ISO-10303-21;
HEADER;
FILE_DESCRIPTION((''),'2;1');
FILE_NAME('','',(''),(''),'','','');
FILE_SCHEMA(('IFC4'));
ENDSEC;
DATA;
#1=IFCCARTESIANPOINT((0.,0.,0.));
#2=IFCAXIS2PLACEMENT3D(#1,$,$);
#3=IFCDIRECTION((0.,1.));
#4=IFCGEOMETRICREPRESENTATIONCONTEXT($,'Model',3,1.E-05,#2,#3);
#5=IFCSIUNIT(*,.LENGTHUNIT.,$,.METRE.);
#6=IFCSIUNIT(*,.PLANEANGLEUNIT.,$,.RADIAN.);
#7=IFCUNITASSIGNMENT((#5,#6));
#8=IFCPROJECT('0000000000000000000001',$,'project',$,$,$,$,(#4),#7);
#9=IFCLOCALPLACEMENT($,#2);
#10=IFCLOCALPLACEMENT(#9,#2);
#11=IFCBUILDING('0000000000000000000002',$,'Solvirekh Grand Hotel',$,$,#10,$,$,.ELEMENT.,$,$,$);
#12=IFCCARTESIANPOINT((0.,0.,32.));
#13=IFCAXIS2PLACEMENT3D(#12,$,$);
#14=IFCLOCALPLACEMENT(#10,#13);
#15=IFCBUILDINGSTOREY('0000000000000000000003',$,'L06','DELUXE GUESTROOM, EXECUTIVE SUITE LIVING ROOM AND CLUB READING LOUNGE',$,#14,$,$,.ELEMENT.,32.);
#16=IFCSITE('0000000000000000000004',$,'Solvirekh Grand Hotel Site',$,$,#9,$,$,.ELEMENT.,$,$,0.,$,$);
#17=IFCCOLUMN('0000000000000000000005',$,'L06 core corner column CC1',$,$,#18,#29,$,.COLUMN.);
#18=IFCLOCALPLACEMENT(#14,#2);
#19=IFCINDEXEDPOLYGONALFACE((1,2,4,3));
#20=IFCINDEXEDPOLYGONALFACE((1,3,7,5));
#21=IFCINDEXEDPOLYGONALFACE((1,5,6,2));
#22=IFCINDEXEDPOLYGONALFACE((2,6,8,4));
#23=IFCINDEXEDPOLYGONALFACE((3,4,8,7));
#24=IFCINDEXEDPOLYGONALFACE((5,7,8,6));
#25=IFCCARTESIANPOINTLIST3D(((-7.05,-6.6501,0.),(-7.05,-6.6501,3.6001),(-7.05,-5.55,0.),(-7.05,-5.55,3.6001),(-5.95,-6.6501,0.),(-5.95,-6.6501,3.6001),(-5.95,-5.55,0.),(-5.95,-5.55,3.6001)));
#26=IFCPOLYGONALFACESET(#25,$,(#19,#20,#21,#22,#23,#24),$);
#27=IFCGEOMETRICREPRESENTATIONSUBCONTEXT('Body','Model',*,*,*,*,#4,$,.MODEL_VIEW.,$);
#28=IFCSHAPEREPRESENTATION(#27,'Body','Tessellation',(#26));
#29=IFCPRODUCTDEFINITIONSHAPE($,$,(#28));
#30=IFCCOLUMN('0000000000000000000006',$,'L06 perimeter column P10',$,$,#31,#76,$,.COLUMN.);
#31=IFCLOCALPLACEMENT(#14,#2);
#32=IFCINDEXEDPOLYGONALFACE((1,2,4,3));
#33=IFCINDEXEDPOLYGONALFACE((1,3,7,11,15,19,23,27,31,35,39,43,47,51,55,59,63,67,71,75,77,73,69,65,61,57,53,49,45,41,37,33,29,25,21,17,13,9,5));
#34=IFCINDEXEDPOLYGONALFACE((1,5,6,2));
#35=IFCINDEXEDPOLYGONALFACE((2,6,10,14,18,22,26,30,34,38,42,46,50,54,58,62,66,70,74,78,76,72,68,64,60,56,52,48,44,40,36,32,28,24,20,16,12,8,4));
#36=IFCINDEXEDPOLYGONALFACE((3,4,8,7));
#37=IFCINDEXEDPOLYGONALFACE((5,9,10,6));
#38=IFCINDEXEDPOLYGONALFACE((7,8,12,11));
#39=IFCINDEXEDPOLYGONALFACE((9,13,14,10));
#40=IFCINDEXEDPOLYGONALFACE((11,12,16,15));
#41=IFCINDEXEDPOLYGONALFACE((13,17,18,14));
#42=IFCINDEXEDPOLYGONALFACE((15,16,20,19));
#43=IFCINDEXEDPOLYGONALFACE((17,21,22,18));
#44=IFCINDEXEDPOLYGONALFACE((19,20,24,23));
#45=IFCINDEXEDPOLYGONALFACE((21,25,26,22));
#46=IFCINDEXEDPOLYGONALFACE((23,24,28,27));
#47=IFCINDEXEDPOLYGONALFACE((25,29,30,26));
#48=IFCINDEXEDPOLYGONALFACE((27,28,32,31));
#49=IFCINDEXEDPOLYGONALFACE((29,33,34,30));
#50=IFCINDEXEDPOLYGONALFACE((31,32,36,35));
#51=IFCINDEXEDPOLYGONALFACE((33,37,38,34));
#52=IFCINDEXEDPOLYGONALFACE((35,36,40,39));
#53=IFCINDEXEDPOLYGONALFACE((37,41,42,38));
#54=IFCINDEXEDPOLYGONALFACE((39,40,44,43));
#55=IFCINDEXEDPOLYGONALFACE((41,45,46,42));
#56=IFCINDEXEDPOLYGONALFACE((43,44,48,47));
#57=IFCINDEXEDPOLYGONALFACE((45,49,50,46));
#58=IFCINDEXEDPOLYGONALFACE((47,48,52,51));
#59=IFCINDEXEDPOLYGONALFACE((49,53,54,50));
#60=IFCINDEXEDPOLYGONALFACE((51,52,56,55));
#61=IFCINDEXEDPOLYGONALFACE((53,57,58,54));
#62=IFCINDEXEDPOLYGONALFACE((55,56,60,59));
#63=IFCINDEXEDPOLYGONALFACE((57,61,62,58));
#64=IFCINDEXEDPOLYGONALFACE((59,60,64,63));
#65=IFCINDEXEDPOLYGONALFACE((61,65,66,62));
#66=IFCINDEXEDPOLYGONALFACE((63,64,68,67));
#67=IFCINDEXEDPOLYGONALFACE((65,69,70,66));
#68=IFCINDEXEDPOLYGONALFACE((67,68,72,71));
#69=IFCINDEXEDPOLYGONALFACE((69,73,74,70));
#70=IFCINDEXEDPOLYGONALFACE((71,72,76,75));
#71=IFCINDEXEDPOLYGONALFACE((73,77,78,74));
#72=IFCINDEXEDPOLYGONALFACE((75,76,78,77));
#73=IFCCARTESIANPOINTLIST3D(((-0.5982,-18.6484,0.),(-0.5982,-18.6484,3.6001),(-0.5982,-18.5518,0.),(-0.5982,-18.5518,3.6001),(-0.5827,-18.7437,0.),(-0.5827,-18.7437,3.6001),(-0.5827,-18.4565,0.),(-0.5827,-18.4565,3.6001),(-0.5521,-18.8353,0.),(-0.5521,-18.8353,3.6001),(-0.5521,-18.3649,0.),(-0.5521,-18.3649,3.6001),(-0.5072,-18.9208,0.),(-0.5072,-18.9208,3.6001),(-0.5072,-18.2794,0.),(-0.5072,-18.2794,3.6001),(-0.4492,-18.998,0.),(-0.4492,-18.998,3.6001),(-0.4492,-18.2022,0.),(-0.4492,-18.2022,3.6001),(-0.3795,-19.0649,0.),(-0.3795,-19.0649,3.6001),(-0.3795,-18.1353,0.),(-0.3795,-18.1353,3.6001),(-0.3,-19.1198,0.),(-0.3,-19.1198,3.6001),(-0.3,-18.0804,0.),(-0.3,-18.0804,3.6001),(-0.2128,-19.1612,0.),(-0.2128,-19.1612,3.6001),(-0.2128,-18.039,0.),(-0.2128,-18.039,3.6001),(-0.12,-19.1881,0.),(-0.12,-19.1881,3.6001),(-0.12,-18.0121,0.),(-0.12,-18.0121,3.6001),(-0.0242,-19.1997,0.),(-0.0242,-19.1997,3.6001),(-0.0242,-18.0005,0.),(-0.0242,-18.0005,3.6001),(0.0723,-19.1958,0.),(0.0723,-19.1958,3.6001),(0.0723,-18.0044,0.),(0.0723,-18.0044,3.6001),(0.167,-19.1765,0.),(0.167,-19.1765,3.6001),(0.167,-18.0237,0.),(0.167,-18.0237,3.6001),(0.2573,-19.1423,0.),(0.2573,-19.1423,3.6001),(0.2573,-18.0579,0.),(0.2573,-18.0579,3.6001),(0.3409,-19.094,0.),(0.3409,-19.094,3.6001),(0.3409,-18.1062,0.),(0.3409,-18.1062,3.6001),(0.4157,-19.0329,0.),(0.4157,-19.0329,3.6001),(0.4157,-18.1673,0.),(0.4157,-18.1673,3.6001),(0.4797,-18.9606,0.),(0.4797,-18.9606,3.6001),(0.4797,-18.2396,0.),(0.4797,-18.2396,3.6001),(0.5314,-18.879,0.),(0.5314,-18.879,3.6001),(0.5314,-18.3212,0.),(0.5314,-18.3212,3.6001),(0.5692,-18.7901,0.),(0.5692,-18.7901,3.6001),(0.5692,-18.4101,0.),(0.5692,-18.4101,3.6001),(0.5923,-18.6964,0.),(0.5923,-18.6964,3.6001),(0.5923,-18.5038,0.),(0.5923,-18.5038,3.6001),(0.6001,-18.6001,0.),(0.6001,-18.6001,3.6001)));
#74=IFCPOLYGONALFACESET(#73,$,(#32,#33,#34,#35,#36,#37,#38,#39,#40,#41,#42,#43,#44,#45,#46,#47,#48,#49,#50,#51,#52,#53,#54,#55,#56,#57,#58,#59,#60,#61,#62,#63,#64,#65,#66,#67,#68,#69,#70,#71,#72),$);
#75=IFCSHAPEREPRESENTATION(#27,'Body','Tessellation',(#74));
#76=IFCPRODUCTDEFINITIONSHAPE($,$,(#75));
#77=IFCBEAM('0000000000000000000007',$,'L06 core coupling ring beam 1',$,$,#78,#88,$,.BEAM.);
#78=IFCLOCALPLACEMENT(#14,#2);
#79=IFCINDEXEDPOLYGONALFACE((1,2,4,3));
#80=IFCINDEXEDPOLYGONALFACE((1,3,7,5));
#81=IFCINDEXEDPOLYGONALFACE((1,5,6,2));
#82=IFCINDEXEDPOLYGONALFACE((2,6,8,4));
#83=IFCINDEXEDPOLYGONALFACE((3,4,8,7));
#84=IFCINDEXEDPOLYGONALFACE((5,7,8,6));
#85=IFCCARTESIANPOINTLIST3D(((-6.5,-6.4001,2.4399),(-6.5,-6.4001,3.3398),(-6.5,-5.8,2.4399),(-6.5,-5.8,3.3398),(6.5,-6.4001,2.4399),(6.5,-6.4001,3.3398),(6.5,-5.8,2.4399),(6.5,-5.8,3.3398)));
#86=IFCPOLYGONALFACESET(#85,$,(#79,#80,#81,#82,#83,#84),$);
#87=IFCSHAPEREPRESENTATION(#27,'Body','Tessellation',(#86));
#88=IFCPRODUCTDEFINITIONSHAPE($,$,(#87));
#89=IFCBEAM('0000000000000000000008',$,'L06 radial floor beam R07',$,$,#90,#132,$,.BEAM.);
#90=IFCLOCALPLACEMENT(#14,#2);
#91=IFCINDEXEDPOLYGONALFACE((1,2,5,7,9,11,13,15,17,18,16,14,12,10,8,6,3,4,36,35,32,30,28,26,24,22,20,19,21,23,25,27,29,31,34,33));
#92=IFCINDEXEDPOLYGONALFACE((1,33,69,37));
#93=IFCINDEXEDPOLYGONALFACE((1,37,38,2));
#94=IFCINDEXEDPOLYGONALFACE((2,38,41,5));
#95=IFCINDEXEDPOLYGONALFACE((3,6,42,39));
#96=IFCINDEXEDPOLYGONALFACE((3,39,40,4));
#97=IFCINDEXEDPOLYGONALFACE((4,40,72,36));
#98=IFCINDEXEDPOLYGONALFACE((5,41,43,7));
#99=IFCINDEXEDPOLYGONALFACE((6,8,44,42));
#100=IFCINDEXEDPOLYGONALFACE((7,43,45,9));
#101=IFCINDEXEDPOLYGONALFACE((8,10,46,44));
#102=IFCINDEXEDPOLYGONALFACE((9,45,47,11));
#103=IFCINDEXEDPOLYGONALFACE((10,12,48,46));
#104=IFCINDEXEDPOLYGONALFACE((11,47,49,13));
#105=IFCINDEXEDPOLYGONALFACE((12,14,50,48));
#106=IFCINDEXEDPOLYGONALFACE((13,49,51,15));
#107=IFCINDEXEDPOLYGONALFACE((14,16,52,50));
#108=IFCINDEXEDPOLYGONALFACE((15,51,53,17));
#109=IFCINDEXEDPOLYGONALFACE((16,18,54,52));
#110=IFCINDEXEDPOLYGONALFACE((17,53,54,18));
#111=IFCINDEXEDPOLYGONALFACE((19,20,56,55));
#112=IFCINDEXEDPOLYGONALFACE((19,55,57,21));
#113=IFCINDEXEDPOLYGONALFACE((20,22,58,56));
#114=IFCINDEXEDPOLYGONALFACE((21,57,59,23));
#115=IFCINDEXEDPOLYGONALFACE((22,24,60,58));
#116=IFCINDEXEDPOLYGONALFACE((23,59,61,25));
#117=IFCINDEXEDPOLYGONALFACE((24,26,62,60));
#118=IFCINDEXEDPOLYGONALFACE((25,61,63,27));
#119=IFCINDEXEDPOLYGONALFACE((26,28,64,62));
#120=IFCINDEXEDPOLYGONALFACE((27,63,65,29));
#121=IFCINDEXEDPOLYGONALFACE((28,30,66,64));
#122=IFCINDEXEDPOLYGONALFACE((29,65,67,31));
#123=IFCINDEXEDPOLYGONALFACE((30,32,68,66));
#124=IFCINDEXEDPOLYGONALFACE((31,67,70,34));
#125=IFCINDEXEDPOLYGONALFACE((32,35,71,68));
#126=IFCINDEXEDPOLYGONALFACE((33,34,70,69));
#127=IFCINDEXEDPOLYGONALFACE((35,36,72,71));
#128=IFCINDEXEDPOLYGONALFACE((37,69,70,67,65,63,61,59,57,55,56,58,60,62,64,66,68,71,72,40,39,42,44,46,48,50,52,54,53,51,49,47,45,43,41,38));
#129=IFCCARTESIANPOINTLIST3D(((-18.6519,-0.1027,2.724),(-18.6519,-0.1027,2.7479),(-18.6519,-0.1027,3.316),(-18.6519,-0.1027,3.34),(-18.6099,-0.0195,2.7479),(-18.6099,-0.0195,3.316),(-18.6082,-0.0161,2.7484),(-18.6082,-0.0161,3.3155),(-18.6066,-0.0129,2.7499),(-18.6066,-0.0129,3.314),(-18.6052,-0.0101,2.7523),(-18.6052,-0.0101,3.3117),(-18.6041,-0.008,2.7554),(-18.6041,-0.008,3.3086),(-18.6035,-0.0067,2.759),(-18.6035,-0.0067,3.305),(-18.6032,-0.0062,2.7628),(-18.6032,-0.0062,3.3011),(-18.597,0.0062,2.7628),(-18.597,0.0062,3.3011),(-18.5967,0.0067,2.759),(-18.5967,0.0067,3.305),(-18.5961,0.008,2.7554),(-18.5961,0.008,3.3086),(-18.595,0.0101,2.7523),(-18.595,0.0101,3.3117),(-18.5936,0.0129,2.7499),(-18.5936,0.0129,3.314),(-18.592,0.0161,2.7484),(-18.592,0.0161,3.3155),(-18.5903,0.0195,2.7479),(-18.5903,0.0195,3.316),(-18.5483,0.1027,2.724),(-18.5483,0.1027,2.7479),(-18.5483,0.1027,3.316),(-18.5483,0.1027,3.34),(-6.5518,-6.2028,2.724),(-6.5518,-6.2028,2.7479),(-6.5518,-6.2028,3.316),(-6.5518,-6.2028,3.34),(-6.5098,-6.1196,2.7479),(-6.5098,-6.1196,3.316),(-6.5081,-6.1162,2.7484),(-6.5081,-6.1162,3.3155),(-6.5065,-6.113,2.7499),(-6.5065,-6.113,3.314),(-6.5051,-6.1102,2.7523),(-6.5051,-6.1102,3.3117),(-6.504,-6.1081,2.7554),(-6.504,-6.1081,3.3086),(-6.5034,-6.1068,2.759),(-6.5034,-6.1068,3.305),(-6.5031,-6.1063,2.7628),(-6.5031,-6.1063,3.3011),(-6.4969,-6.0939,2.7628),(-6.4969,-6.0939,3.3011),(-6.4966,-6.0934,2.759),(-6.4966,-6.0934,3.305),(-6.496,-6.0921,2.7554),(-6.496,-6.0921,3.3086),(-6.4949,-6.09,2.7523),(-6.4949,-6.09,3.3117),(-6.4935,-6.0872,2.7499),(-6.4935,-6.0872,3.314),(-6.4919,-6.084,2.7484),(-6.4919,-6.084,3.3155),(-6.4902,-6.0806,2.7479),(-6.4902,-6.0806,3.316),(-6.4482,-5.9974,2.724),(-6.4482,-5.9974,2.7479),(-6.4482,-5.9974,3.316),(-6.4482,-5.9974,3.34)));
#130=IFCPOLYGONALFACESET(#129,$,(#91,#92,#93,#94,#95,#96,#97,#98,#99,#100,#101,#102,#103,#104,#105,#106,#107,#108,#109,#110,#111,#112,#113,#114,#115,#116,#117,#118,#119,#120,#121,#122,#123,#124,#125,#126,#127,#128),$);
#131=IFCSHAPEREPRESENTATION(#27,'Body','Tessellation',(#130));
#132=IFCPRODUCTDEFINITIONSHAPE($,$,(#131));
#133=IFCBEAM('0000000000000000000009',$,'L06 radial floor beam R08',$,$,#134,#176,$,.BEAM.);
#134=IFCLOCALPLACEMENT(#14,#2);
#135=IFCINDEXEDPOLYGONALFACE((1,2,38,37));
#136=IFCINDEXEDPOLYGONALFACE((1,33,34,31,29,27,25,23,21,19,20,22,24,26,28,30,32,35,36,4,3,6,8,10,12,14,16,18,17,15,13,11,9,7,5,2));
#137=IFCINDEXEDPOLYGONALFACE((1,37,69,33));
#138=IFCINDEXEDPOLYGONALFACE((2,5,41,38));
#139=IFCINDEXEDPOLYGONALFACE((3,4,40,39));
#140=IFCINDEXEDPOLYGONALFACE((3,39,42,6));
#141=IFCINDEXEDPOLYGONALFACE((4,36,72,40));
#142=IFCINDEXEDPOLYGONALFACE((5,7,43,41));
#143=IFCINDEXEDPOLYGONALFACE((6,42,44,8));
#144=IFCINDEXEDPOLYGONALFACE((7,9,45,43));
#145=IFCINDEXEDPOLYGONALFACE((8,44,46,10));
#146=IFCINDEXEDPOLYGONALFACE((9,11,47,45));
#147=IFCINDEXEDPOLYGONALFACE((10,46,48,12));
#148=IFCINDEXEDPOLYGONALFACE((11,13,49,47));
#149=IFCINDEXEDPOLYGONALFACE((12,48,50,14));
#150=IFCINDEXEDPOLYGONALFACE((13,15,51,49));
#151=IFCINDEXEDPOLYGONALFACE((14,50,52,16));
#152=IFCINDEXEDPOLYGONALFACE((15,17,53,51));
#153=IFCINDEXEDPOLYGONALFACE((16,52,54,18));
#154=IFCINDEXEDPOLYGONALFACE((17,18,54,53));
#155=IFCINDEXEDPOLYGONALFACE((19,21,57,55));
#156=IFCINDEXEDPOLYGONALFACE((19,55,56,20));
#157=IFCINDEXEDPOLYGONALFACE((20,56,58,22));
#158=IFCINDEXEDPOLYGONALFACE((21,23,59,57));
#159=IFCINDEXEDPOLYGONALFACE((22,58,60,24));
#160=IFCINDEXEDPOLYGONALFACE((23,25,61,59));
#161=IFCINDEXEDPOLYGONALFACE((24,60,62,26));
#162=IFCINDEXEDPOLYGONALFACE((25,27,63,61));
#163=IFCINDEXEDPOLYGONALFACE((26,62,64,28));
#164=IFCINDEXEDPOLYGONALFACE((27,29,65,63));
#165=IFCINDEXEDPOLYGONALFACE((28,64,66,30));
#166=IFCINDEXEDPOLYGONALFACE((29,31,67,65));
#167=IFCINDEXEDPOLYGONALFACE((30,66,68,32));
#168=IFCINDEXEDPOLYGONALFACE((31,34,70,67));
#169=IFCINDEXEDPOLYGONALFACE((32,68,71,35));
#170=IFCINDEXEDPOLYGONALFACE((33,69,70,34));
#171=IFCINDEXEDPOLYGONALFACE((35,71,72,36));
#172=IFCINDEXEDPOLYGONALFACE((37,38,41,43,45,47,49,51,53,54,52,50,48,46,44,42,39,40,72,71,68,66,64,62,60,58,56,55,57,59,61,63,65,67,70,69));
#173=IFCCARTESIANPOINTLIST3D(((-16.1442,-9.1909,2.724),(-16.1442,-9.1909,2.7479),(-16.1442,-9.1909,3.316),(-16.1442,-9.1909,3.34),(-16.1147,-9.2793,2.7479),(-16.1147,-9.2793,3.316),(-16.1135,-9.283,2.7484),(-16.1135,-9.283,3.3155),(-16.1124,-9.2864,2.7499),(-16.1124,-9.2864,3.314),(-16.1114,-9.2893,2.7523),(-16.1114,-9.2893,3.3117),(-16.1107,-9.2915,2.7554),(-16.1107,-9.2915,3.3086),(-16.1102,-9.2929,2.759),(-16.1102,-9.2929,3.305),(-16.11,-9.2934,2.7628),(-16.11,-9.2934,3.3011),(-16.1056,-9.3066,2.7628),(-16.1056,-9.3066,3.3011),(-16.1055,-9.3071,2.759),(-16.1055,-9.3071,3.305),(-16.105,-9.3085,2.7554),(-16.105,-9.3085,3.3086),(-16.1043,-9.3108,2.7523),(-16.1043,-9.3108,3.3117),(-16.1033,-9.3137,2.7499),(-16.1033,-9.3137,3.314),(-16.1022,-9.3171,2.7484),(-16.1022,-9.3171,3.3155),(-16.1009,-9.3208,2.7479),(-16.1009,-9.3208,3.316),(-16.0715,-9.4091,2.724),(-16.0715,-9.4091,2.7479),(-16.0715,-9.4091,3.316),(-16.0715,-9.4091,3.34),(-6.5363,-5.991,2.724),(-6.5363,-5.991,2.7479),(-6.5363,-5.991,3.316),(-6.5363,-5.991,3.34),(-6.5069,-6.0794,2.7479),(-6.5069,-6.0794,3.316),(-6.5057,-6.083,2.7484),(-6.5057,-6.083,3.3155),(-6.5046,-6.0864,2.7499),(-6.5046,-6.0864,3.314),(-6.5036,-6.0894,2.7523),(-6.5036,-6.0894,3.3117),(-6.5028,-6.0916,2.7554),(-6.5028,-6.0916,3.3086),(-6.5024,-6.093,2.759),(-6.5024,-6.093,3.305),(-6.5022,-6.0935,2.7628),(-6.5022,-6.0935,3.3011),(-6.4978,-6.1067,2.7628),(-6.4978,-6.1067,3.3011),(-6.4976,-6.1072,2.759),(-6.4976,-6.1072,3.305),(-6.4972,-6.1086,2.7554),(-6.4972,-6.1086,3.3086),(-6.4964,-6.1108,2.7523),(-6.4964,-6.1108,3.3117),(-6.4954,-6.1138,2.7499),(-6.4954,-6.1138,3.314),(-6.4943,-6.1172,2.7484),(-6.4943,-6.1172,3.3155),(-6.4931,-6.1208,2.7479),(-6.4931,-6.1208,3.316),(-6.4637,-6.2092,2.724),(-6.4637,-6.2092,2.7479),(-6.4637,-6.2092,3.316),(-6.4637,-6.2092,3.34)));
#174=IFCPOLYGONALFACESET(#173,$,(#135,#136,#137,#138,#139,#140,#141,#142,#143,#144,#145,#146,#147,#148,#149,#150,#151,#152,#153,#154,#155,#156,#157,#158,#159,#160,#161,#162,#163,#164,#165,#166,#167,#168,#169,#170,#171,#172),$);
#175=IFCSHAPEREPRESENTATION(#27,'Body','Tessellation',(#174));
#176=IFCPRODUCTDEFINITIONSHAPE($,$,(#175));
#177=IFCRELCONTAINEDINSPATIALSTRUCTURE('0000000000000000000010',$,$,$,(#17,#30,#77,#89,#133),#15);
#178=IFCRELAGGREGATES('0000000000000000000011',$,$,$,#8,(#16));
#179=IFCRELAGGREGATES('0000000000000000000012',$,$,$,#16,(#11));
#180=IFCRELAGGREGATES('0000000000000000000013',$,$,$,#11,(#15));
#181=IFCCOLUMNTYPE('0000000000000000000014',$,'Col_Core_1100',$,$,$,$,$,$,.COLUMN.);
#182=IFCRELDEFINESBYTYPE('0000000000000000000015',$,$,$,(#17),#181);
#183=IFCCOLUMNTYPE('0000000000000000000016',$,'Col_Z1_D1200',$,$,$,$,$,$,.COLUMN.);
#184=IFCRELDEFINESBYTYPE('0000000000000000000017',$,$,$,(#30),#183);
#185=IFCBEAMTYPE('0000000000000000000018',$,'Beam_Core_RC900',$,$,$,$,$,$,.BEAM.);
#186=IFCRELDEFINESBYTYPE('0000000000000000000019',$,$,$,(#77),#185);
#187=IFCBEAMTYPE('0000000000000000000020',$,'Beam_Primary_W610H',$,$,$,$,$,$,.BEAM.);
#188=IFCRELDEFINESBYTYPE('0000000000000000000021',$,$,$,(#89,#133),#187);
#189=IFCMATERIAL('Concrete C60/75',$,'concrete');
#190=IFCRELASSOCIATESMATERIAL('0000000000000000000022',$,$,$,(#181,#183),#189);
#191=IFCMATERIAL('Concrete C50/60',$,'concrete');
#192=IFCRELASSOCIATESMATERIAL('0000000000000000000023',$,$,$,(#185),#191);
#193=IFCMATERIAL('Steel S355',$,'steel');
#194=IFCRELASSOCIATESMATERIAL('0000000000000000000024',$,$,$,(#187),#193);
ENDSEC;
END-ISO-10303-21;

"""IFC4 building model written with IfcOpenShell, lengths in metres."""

from ifc_helpers import new_model, si_unit, direction, frame, origin, origin_2d, place, context, subcontext, project, spatial, rectangle, circle, i_section, extrude, material, material_profile, profile_set, type_object, element, save


model = new_model("IFC4")

# Units and contexts
model_context = context("Model", 3, precision=1e-05, world=origin(), true_north=direction((0.0, 1.0)))
body_context = subcontext(model_context, "Body", "Model", "MODEL_VIEW")
ifc_project = project(units=[si_unit("LENGTHUNIT", "METRE"), si_unit("PLANEANGLEUNIT", "RADIAN")], contexts=[model_context])

# Site, building, storey
site_placement = place(None, origin())
site = spatial("IfcSite", under=ifc_project, at=site_placement, Name="Solvirekh Grand Hotel Site", CompositionType="ELEMENT", RefElevation=0.0)
building_placement = place(site_placement, origin())
building = spatial("IfcBuilding", under=site, at=building_placement, Name="Solvirekh Grand Hotel", CompositionType="ELEMENT")
storey_placement = place(building_placement, frame((0.0, 0.0, 32.0)))
storey = spatial("IfcBuildingStorey", under=building, at=storey_placement, Name="L06", Description="DELUXE GUESTROOM, EXECUTIVE SUITE LIVING ROOM AND CLUB READING LOUNGE", CompositionType="ELEMENT", Elevation=32.0)

# Columns
ifc_material_1 = material(Name="Concrete C60/75", Category="concrete")
ifc_material_profile_1 = material_profile(ifc_material_1, rectangle(XDim=1.1001, YDim=1.1001, at=origin_2d()), Name="RC 1100X1100")
ifc_profile_set_1 = profile_set([ifc_material_profile_1], Name="Concrete C60/75")
column_type_1 = type_object("IfcColumnType", Name="Col_Core_1100", PredefinedType="COLUMN", material=ifc_profile_set_1)
column_1_placement = place(storey_placement, frame((-6.5, -6.1001, 0.0), z_axis=(0.0, 0.0, 1.0), x_axis=(1.0, 0.0, 0.0)))
element("IfcColumn", 1, at=column_1_placement, inside=storey, type_object=column_type_1, Name="L06 core corner column CC1", PredefinedType="COLUMN", context=body_context, shape_type="SweptSolid", body=[
    extrude(rectangle(XDim=1.1001, YDim=1.1001, at=origin_2d()), origin(), (0.0, 0.0, 1.0), 3.6001),
])
ifc_material_profile_2 = material_profile(ifc_material_1, circle(Radius=0.6001, at=origin_2d()), Name="RC CIRC D1200")
ifc_profile_set_2 = profile_set([ifc_material_profile_2], Name="Concrete C60/75")
column_type_2 = type_object("IfcColumnType", Name="Col_Z1_D1200", PredefinedType="COLUMN", material=ifc_profile_set_2)
column_2_placement = place(storey_placement, frame((0.0, -18.6001, 0.0), z_axis=(0.0, 0.0, 1.0), x_axis=(1.0, 0.0, 0.0)))
element("IfcColumn", 2, at=column_2_placement, inside=storey, type_object=column_type_2, Name="L06 perimeter column P10", PredefinedType="COLUMN", context=body_context, shape_type="SweptSolid", body=[
    extrude(circle(Radius=0.6001, at=origin_2d()), origin(), (0.0, 0.0, 1.0), 3.6001),
])

# Beams
ifc_material_2 = material(Name="Concrete C50/60", Category="concrete")
ifc_material_profile_3 = material_profile(ifc_material_2, rectangle(XDim=0.6001, YDim=0.8999, at=origin_2d()), Name="RC BEAM 600X900")
ifc_profile_set_3 = profile_set([ifc_material_profile_3], Name="Concrete C50/60")
beam_type_1 = type_object("IfcBeamType", Name="Beam_Core_RC900", PredefinedType="BEAM", material=ifc_profile_set_3)
beam_1_placement = place(storey_placement, frame((-6.5, -6.1001, 2.8899), z_axis=(1.0, 0.0, 0.0), x_axis=(0.0, 1.0, 0.0)))
element("IfcBeam", 3, at=beam_1_placement, inside=storey, type_object=beam_type_1, Name="L06 core coupling ring beam 1", PredefinedType="BEAM", context=body_context, shape_type="SweptSolid", body=[
    extrude(rectangle(XDim=0.6001, YDim=0.8999, at=origin_2d()), origin(), (0.0, 0.0, 1.0), 13.0),
])
ifc_material_3 = material(Name="Steel S355", Category="steel")
ifc_material_profile_4 = material_profile(ifc_material_3, i_section(OverallWidth=0.23, OverallDepth=0.616, WebThickness=0.0139, FlangeThickness=0.0239, FilletRadius=0.0149, at=origin_2d()), Name="W610X174")
ifc_profile_set_4 = profile_set([ifc_material_profile_4], Name="Steel S355")
beam_type_2 = type_object("IfcBeamType", Name="Beam_Primary_W610H", PredefinedType="BEAM", material=ifc_profile_set_4)
beam_2_placement = place(storey_placement, frame((-6.5, -6.1001, 3.032), z_axis=(-0.892945, 0.450166, 0.0), x_axis=(-0.450166, -0.892945, 0.0)))
element("IfcBeam", 4, at=beam_2_placement, inside=storey, type_object=beam_type_2, Name="L06 radial floor beam R07", PredefinedType="BEAM", context=body_context, shape_type="SweptSolid", body=[
    extrude(i_section(OverallWidth=0.23, OverallDepth=0.616, WebThickness=0.0139, FlangeThickness=0.0239, FilletRadius=0.0149, at=origin_2d()), origin(), (0.0, 0.0, 1.0), 13.5508),
])
beam_3_placement = place(storey_placement, frame((-6.5, -6.1001, 3.032), z_axis=(-0.948763, -0.315989, 0.0), x_axis=(0.315989, -0.948763, 0.0)))
element("IfcBeam", 5, at=beam_3_placement, inside=storey, type_object=beam_type_2, Name="L06 radial floor beam R08", PredefinedType="BEAM", context=body_context, shape_type="SweptSolid", body=[
    extrude(i_section(OverallWidth=0.23, OverallDepth=0.616, WebThickness=0.0139, FlangeThickness=0.0239, FilletRadius=0.0149, at=origin_2d()), origin(), (0.0, 0.0, 1.0), 10.1267),
])

save(model, "model.ifc")
